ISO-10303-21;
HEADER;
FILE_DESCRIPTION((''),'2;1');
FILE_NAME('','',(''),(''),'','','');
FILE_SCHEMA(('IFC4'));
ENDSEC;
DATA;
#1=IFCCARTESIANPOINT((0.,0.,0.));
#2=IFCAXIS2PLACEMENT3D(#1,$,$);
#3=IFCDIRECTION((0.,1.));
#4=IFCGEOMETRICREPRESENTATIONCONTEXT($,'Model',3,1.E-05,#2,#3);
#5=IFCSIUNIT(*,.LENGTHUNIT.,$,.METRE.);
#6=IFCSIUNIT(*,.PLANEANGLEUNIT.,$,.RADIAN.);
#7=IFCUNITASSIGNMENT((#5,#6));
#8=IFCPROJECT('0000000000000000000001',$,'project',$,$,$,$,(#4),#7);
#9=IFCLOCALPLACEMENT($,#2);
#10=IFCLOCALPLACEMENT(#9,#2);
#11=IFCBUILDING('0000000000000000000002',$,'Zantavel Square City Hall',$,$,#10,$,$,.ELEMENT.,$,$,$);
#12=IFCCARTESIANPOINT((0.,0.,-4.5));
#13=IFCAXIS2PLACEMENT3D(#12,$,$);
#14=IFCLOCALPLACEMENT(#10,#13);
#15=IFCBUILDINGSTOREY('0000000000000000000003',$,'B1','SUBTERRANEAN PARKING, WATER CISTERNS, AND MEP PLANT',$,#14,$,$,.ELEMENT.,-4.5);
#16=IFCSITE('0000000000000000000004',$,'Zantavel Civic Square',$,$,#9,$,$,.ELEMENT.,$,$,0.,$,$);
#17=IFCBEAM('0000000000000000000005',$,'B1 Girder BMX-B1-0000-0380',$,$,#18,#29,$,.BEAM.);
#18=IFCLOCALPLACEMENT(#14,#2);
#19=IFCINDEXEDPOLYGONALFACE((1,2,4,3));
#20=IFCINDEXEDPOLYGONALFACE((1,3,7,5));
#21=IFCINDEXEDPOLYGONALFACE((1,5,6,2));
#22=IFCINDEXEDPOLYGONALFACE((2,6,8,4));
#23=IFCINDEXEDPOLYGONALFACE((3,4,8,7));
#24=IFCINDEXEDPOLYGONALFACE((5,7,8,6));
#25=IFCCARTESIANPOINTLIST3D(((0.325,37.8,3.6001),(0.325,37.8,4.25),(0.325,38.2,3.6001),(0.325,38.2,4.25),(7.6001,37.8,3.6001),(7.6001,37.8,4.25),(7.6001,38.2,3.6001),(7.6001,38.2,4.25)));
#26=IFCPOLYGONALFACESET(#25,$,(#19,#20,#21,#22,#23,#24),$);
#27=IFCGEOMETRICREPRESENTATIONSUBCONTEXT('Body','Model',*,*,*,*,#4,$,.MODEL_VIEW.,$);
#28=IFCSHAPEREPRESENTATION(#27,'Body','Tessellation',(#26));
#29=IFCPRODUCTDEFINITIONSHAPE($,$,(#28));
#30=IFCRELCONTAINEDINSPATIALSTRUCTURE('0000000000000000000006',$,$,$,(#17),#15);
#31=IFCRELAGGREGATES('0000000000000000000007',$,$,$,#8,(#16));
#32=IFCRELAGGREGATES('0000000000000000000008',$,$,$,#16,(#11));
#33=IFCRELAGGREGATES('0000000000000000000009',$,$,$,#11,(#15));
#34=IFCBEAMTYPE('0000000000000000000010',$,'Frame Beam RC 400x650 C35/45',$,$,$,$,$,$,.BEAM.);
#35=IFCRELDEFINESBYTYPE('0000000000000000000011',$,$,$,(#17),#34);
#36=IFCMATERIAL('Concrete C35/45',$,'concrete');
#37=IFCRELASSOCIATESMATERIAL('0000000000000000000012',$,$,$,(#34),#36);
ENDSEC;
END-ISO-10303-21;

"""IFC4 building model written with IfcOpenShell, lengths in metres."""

from ifc_helpers import new_model, si_unit, direction, frame, origin, origin_2d, place, context, subcontext, project, spatial, rectangle, extrude, material, material_profile, profile_set, type_object, element, save


model = new_model("IFC4")

# Units and contexts
model_context = context("Model", 3, precision=1e-05, world=origin(), true_north=direction((0.0, 1.0)))
body_context = subcontext(model_context, "Body", "Model", "MODEL_VIEW")
ifc_project = project(units=[si_unit("LENGTHUNIT", "METRE"), si_unit("PLANEANGLEUNIT", "RADIAN")], contexts=[model_context])

# Site, building, storey
site_placement = place(None, origin())
site = spatial("IfcSite", under=ifc_project, at=site_placement, Name="Zantavel Civic Square", CompositionType="ELEMENT", RefElevation=0.0)
building_placement = place(site_placement, origin())
building = spatial("IfcBuilding", under=site, at=building_placement, Name="Zantavel Square City Hall", CompositionType="ELEMENT")
storey_placement = place(building_placement, frame((0.0, 0.0, -4.5)))
storey = spatial("IfcBuildingStorey", under=building, at=storey_placement, Name="B1", Description="SUBTERRANEAN PARKING, WATER CISTERNS, AND MEP PLANT", CompositionType="ELEMENT", Elevation=-4.5)

# Shared definitions
ifc_material_1 = material(Name="Concrete C35/45", Category="concrete")

# Beam
ifc_material_profile_1 = material_profile(ifc_material_1, rectangle(XDim=0.3999, YDim=0.6499, at=origin_2d()), Name="RC 400x650")
ifc_profile_set_1 = profile_set([ifc_material_profile_1], Name="Concrete C35/45")
beam_type_1 = type_object("IfcBeamType", Name="Frame Beam RC 400x650 C35/45", PredefinedType="BEAM", material=ifc_profile_set_1)
beam_1_placement = place(storey_placement, frame((0.325, 38.0, 3.925), z_axis=(1.0, 0.0, 0.0), x_axis=(0.0, 1.0, 0.0)))
element("IfcBeam", 1, at=beam_1_placement, inside=storey, type_object=beam_type_1, Name="B1 Girder BMX-B1-0000-0380", PredefinedType="BEAM", context=body_context, shape_type="SweptSolid", body=[
    extrude(rectangle(XDim=0.3999, YDim=0.6499, at=origin_2d()), origin(), (0.0, 0.0, 1.0), 7.2751),
])

save(model, "model.ifc")
